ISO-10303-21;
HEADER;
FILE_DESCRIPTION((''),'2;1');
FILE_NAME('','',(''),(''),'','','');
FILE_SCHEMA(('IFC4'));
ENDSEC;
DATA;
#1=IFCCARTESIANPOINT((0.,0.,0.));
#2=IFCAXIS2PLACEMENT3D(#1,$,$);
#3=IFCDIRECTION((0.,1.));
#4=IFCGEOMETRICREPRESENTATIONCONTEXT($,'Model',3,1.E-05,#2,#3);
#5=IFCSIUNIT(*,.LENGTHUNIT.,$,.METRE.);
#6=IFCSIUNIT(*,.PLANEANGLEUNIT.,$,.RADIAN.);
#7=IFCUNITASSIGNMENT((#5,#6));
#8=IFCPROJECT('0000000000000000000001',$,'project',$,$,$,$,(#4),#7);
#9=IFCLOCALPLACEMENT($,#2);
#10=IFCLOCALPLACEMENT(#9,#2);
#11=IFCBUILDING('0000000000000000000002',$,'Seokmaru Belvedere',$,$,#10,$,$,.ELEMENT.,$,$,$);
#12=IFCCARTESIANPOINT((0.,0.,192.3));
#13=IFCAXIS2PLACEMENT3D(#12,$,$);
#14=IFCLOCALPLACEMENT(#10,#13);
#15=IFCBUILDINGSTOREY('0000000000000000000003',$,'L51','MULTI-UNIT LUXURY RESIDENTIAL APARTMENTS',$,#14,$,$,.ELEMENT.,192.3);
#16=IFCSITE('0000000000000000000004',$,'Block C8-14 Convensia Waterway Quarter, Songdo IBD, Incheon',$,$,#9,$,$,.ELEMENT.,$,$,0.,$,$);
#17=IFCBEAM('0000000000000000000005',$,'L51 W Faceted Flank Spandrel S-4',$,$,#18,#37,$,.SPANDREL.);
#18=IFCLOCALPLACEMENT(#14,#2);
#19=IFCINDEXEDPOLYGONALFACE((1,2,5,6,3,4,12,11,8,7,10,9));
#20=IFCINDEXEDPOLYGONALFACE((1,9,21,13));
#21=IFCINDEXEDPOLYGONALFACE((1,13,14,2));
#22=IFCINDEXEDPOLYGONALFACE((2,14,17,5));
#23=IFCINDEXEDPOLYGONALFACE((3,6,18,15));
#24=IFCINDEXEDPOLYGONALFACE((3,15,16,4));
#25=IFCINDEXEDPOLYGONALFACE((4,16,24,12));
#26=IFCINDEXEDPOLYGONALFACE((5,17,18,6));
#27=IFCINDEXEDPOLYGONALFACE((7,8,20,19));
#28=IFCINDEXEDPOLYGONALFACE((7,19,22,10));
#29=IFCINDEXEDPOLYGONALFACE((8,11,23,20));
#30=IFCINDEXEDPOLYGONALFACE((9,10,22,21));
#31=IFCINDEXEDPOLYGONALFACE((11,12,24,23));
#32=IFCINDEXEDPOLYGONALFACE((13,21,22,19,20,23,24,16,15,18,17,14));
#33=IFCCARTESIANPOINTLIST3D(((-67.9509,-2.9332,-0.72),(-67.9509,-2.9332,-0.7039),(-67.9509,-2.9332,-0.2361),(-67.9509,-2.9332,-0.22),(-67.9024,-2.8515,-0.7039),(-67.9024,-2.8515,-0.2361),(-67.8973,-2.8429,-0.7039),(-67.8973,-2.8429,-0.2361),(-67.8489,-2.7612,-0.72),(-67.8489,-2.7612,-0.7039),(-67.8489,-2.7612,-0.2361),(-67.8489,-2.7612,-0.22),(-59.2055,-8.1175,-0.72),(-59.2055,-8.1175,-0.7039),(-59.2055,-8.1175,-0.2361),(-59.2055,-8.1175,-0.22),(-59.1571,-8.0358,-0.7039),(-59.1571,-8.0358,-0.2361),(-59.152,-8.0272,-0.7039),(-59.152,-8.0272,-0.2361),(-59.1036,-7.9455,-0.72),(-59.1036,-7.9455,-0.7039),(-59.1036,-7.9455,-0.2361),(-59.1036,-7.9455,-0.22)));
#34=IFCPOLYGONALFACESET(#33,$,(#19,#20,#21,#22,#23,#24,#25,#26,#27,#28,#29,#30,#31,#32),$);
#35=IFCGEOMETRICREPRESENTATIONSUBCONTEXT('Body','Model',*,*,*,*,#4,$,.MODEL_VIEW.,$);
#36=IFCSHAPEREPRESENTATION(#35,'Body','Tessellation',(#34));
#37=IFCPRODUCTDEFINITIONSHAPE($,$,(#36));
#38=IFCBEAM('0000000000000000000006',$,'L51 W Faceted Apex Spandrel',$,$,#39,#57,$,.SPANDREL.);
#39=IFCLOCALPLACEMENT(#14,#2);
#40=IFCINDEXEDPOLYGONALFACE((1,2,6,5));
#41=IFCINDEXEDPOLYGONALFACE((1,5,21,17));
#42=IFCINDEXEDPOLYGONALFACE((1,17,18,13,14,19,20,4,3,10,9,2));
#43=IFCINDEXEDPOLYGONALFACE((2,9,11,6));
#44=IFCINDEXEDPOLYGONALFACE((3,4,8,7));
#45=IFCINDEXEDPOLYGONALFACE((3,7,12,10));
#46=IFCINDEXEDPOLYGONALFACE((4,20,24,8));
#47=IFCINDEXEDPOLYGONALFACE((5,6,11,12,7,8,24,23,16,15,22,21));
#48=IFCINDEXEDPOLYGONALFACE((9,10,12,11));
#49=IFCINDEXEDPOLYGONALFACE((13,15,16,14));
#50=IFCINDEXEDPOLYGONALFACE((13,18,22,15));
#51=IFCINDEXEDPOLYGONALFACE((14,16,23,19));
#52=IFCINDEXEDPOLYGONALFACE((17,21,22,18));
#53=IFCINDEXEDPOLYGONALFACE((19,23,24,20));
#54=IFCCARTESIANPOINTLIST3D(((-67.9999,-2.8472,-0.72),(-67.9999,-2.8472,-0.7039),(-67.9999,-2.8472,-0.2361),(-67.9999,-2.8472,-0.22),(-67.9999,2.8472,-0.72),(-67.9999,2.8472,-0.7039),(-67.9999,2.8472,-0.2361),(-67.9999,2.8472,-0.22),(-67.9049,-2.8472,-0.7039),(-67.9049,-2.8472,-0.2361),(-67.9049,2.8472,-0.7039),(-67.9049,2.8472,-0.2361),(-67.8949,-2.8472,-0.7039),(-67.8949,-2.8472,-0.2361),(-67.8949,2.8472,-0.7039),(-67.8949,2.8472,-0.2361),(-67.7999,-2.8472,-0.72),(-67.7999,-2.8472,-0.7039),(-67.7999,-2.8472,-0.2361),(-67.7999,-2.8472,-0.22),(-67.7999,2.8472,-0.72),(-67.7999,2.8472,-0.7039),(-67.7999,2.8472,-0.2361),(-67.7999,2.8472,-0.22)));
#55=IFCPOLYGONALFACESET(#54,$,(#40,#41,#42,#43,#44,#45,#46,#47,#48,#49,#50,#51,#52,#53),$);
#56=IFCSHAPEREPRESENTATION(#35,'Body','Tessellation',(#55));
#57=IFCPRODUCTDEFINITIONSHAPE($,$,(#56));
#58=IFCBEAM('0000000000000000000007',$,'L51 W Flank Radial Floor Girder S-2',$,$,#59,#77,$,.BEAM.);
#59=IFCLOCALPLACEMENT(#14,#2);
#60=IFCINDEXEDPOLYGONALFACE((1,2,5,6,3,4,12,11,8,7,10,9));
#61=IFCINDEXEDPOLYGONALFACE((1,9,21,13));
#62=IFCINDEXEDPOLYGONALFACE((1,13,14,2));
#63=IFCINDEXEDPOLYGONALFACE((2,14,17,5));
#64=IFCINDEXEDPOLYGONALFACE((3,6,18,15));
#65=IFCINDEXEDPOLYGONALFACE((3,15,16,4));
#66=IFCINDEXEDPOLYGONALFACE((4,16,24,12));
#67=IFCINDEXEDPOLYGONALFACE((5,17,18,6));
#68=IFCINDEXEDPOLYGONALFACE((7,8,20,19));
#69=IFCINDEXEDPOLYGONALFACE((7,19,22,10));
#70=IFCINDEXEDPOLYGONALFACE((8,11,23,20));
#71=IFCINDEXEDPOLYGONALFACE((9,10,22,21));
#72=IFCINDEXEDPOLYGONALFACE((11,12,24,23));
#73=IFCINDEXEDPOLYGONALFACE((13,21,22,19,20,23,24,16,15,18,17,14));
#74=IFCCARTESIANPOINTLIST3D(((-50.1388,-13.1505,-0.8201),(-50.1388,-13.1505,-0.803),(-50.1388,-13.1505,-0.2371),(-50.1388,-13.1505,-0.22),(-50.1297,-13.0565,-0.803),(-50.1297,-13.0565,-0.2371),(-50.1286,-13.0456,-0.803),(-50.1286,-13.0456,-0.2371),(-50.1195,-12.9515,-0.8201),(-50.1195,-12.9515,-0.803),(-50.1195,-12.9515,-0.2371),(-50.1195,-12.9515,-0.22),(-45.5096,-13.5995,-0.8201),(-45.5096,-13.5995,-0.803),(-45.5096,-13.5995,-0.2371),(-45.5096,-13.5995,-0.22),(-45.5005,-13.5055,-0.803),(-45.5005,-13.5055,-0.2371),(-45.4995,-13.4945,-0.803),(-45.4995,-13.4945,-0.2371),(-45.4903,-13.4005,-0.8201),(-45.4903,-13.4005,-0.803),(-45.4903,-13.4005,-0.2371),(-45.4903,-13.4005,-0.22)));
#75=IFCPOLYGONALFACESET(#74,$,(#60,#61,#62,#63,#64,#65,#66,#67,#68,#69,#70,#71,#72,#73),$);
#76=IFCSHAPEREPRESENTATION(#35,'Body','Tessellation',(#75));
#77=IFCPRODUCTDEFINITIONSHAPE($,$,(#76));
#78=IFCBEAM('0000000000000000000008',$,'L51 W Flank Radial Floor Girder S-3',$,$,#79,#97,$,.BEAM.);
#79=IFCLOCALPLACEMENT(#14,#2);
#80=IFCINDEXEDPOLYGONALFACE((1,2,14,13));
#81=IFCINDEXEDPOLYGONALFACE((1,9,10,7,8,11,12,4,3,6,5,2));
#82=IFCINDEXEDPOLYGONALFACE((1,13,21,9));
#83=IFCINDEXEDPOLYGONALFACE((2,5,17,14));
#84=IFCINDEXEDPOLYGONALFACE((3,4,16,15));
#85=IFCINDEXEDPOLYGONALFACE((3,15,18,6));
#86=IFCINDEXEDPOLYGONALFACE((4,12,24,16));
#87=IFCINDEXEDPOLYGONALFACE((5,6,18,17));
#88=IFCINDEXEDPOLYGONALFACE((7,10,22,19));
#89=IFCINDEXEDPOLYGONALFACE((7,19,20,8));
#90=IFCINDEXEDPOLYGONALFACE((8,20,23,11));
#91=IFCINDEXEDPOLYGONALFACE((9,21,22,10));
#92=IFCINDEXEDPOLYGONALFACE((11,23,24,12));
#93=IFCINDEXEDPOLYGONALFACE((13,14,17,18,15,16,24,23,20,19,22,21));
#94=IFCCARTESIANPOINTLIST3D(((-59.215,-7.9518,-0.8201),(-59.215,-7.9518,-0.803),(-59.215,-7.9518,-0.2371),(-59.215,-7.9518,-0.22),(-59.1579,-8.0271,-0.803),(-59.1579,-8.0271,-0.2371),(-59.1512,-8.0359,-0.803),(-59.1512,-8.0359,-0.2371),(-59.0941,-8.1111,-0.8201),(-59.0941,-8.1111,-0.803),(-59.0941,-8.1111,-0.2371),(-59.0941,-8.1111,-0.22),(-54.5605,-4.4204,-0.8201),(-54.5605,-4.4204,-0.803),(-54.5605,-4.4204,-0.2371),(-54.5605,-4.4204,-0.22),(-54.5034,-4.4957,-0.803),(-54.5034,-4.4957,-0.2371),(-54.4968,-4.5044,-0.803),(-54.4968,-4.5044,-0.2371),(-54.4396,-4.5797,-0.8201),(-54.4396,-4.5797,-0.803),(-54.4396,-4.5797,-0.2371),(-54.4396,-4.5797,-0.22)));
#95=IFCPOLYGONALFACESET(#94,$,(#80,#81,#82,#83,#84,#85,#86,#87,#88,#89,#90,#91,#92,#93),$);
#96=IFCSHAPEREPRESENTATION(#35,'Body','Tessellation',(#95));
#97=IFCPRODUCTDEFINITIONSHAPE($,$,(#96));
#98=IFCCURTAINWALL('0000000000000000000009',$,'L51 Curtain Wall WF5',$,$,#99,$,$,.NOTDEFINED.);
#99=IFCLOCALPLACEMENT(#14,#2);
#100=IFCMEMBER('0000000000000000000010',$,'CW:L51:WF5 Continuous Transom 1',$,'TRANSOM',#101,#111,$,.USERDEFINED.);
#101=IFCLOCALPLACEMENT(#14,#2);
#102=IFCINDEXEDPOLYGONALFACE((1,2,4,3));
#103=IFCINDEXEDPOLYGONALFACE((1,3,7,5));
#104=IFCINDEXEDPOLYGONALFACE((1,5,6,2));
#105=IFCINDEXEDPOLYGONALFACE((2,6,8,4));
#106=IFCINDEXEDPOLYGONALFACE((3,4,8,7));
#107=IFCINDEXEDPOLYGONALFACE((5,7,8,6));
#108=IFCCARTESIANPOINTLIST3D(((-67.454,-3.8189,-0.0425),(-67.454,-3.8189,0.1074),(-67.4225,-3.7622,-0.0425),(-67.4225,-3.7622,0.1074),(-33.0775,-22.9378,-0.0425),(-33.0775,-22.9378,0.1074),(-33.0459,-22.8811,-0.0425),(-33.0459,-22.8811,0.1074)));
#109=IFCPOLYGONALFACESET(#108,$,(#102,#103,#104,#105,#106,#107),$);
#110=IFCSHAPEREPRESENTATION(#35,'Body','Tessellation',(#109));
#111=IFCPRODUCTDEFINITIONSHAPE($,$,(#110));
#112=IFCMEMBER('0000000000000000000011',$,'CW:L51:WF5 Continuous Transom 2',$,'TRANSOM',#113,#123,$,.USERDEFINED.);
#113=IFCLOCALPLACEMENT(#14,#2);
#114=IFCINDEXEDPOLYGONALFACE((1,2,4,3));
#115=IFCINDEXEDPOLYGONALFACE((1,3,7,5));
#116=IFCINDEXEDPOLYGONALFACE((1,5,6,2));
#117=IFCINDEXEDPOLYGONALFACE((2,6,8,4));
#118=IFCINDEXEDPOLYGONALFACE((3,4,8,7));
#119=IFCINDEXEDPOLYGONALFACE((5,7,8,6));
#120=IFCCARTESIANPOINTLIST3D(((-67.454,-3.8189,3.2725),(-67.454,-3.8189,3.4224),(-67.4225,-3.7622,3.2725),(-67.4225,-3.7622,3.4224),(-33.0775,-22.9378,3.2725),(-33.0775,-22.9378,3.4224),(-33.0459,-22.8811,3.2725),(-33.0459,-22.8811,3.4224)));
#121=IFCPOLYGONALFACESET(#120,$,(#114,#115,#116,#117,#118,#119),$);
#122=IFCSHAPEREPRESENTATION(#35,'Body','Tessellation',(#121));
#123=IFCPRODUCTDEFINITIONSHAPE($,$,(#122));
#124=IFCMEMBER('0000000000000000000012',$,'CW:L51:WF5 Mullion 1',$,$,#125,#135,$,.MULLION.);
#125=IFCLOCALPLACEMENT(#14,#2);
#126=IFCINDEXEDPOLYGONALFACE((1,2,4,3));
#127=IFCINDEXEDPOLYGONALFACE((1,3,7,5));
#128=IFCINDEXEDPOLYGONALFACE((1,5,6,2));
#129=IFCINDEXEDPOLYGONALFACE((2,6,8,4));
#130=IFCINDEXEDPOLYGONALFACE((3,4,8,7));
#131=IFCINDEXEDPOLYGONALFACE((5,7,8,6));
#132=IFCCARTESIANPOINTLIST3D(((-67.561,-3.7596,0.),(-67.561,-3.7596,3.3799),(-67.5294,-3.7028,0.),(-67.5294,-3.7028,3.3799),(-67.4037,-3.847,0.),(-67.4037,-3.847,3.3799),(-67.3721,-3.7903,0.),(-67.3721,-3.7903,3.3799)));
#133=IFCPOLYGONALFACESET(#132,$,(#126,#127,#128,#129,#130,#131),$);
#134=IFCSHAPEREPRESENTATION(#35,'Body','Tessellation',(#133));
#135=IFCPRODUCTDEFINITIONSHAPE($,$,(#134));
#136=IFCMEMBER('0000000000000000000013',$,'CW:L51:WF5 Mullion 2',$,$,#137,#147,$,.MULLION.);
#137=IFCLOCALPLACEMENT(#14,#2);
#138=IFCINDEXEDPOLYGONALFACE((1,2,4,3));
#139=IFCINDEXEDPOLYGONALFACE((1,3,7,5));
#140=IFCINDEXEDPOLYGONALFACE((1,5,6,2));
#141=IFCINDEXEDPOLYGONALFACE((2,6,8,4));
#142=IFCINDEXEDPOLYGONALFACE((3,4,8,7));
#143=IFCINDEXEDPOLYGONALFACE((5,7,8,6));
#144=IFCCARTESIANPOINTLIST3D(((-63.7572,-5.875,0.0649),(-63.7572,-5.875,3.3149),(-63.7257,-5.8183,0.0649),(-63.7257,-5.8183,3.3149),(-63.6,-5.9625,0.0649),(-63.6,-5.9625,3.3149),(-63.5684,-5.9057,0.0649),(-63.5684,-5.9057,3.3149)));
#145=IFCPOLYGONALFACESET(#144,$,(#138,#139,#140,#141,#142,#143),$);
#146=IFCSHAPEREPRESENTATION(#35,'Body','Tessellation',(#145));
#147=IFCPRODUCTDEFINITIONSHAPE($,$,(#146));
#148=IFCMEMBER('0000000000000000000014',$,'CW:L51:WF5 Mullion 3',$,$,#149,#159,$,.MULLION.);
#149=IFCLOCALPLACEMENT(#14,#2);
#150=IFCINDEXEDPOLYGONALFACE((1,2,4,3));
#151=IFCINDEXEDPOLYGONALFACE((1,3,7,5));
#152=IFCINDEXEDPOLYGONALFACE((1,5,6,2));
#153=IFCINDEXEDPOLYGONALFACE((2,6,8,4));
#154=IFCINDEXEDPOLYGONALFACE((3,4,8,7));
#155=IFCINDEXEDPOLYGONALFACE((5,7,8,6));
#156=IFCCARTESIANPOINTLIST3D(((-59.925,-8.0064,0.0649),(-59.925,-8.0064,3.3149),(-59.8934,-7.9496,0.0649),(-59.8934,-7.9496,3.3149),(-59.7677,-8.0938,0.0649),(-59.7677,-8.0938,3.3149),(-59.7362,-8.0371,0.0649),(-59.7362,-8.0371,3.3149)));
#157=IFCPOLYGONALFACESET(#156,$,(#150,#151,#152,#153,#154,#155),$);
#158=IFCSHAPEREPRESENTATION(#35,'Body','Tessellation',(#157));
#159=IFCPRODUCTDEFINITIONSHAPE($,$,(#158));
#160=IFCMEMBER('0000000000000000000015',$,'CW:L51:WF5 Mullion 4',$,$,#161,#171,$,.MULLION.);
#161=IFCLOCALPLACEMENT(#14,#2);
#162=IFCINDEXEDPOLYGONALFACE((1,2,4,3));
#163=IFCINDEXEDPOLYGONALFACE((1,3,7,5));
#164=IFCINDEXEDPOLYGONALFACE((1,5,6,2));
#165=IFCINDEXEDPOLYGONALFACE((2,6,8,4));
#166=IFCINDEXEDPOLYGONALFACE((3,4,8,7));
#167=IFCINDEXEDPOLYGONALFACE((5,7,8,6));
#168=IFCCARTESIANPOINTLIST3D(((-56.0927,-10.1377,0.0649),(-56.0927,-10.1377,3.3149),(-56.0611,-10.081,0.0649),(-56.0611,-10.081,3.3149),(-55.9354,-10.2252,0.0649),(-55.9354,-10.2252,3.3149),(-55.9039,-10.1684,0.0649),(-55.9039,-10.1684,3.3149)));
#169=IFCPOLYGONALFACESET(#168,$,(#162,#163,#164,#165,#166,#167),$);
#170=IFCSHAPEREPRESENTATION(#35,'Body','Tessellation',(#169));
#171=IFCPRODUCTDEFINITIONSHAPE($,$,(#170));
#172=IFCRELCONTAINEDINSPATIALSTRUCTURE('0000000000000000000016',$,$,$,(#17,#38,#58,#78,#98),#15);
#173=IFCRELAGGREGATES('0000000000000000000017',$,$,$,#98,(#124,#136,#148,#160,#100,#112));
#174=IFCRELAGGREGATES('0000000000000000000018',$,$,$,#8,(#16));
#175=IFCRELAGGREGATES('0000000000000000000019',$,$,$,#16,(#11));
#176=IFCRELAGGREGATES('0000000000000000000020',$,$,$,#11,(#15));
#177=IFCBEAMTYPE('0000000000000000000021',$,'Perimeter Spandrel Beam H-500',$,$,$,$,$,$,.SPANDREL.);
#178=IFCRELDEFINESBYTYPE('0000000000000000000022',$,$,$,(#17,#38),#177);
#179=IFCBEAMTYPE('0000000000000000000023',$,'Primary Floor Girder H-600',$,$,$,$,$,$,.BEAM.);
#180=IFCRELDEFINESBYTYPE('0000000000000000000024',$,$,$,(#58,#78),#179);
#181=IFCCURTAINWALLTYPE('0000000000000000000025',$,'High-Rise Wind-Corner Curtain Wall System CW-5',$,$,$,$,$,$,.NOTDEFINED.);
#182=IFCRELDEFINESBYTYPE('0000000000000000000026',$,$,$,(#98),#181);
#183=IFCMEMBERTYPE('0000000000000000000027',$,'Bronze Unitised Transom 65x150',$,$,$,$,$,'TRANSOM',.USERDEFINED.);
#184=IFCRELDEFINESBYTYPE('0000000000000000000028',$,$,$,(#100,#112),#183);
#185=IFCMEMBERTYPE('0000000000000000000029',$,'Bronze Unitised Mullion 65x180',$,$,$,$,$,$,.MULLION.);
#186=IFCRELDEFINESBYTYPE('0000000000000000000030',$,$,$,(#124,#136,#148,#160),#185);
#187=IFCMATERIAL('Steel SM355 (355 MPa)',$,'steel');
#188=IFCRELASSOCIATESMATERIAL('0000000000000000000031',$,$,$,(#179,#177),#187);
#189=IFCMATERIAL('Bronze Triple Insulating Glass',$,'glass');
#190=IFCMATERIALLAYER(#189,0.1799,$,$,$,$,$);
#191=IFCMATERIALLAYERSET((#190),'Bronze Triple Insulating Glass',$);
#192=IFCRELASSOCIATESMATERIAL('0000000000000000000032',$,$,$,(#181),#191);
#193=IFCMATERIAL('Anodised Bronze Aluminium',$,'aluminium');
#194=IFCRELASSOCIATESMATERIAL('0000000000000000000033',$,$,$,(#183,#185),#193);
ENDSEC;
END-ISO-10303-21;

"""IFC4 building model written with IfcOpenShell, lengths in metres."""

from ifc_helpers import new_model, si_unit, direction, frame, origin, origin_2d, place, context, subcontext, project, spatial, rectangle, i_section, extrude, source, transform, mapped, material, layer, layer_set, material_profile, profile_set, type_object, type_shapes, element, aggregate, save


model = new_model("IFC4")

# Units and contexts
model_context = context("Model", 3, precision=1e-05, world=origin(), true_north=direction((0.0, 1.0)))
body_context = subcontext(model_context, "Body", "Model", "MODEL_VIEW")
ifc_project = project(units=[si_unit("LENGTHUNIT", "METRE"), si_unit("PLANEANGLEUNIT", "RADIAN")], contexts=[model_context])

# Site, building, storey
site_placement = place(None, origin())
site = spatial("IfcSite", under=ifc_project, at=site_placement, Name="Block C8-14 Convensia Waterway Quarter, Songdo IBD, Incheon", CompositionType="ELEMENT", RefElevation=0.0)
building_placement = place(site_placement, origin())
building = spatial("IfcBuilding", under=site, at=building_placement, Name="Seokmaru Belvedere", CompositionType="ELEMENT")
storey_placement = place(building_placement, frame((0.0, 0.0, 192.3)))
storey = spatial("IfcBuildingStorey", under=building, at=storey_placement, Name="L51", Description="MULTI-UNIT LUXURY RESIDENTIAL APARTMENTS", CompositionType="ELEMENT", Elevation=192.3)

# Shared definitions
ifc_material_1 = material(Name="Steel SM355 (355 MPa)", Category="steel")

# Beams
ifc_material_profile_1 = material_profile(ifc_material_1, i_section(OverallWidth=0.2, OverallDepth=0.6001, WebThickness=0.011, FlangeThickness=0.0171, at=origin_2d()), Name="H-600x200x11x17")
ifc_profile_set_1 = profile_set([ifc_material_profile_1], Name="Steel SM355 (355 MPa)")
beam_type_1 = type_object("IfcBeamType", Name="Primary Floor Girder H-600", PredefinedType="BEAM", material=ifc_profile_set_1)
ifc_material_profile_2 = material_profile(ifc_material_1, i_section(OverallWidth=0.2, OverallDepth=0.5, WebThickness=0.01, FlangeThickness=0.0161, at=origin_2d()), Name="H-500x200x10x16")
ifc_profile_set_2 = profile_set([ifc_material_profile_2], Name="Steel SM355 (355 MPa)")
beam_type_2 = type_object("IfcBeamType", Name="Perimeter Spandrel Beam H-500", PredefinedType="SPANDREL", material=ifc_profile_set_2)
shared_shape_1 = source(origin(), body_context, "Body", "SweptSolid", [
    extrude(i_section(OverallWidth=0.2, OverallDepth=0.5, WebThickness=0.01, FlangeThickness=0.0161, at=origin_2d()), origin(), (0.0, 0.0, 1.0), 10.1665),
])
beam_1_placement = place(storey_placement, frame((-59.1545, -8.0315, -0.47), z_axis=(-0.86021, 0.50994, 0.0), x_axis=(-0.50994, -0.86021, 0.0)))
element("IfcBeam", 1, at=beam_1_placement, inside=storey, type_object=beam_type_2, Name="L51 W Faceted Flank Spandrel S-4", PredefinedType="SPANDREL", context=body_context, shape_type="MappedRepresentation", body=[
    mapped(shared_shape_1, transform((0.0, 0.0, 0.0), scale=1.0)),
])
shared_shape_2 = source(origin(), body_context, "Body", "SweptSolid", [
    extrude(i_section(OverallWidth=0.2, OverallDepth=0.5, WebThickness=0.01, FlangeThickness=0.0161, at=origin_2d()), origin(), (0.0, 0.0, 1.0), 5.6943),
])
beam_2_placement = place(storey_placement, frame((-67.8999, -2.8472, -0.47), z_axis=(0.0, 1.0, 0.0), x_axis=(-1.0, 0.0, 0.0)))
element("IfcBeam", 2, at=beam_2_placement, inside=storey, type_object=beam_type_2, Name="L51 W Faceted Apex Spandrel", PredefinedType="SPANDREL", context=body_context, shape_type="MappedRepresentation", body=[
    mapped(shared_shape_2, transform((0.0, 0.0, 0.0), scale=1.0)),
])
shared_shape_3 = source(origin(), body_context, "Body", "SweptSolid", [
    extrude(i_section(OverallWidth=0.2, OverallDepth=0.6001, WebThickness=0.011, FlangeThickness=0.0171, at=origin_2d()), origin(), (0.0, 0.0, 1.0), 4.6509),
])
beam_3_placement = place(storey_placement, frame((-50.1292, -13.051, -0.52), z_axis=(0.99533, -0.096536, 0.0), x_axis=(0.096536, 0.99533, 0.0)))
element("IfcBeam", 3, at=beam_3_placement, inside=storey, type_object=beam_type_1, Name="L51 W Flank Radial Floor Girder S-2", PredefinedType="BEAM", context=body_context, shape_type="MappedRepresentation", body=[
    mapped(shared_shape_3, transform((0.0, 0.0, 0.0), scale=1.0)),
])
shared_shape_4 = source(origin(), body_context, "Body", "SweptSolid", [
    extrude(i_section(OverallWidth=0.2, OverallDepth=0.6001, WebThickness=0.011, FlangeThickness=0.0171, at=origin_2d()), origin(), (0.0, 0.0, 1.0), 5.8425),
])
beam_4_placement = place(storey_placement, frame((-59.1545, -8.0315, -0.52), z_axis=(0.796653, 0.604437, 0.0), x_axis=(-0.604437, 0.796653, 0.0)))
element("IfcBeam", 4, at=beam_4_placement, inside=storey, type_object=beam_type_1, Name="L51 W Flank Radial Floor Girder S-3", PredefinedType="BEAM", context=body_context, shape_type="MappedRepresentation", body=[
    mapped(shared_shape_4, transform((0.0, 0.0, 0.0), scale=1.0)),
])

# Curtain wall, members
ifc_material_2 = material(Name="Bronze Triple Insulating Glass", Category="glass")
ifc_layer_1 = layer(ifc_material_2, 0.1799)
ifc_layer_set_1 = layer_set([ifc_layer_1], Name="Bronze Triple Insulating Glass")
curtain_wall_type = type_object("IfcCurtainWallType", Name="High-Rise Wind-Corner Curtain Wall System CW-5", PredefinedType="NOTDEFINED", material=ifc_layer_set_1)
curtain_wall_placement = place(storey_placement, origin())
curtain_wall = element("IfcCurtainWall", 5, at=curtain_wall_placement, inside=storey, type_object=curtain_wall_type, Name="L51 Curtain Wall WF5", PredefinedType="NOTDEFINED")
ifc_material_3 = material(Name="Anodised Bronze Aluminium", Category="aluminium")
ifc_material_profile_3 = material_profile(ifc_material_3, rectangle(XDim=0.0649, YDim=0.1499, at=origin_2d()), Name="CW-T-65x150")
ifc_profile_set_3 = profile_set([ifc_material_profile_3], Name="Anodised Bronze Aluminium")
member_type_1 = type_object("IfcMemberType", Name="Bronze Unitised Transom 65x150", ElementType="TRANSOM", PredefinedType="USERDEFINED", material=ifc_profile_set_3)
shared_shape_5 = source(origin(), body_context, "Body", "SweptSolid", [
    extrude(rectangle(XDim=0.0649, YDim=0.1499, at=origin_2d()), origin(), (0.0, 0.0, 1.0), 39.3354),
])
type_shapes(member_type_1, [shared_shape_5])
member_1_placement = place(storey_placement, frame((-67.4382, -3.7905, 0.0325), z_axis=(0.873932, -0.486048, 0.0), x_axis=(0.486048, 0.873932, 0.0)))
member_1 = element("IfcMember", 6, at=member_1_placement, type_object=member_type_1, Name="CW:L51:WF5 Continuous Transom 1", ObjectType="TRANSOM", PredefinedType="USERDEFINED", context=body_context, shape_type="MappedRepresentation", body=[
    mapped(shared_shape_5, transform((0.0, 0.0, 0.0), scale=1.0)),
])
member_2_placement = place(storey_placement, frame((-67.4382, -3.7905, 3.3474), z_axis=(0.873932, -0.486048, 0.0), x_axis=(0.486048, 0.873932, 0.0)))
member_2 = element("IfcMember", 7, at=member_2_placement, type_object=member_type_1, Name="CW:L51:WF5 Continuous Transom 2", ObjectType="TRANSOM", PredefinedType="USERDEFINED", context=body_context, shape_type="MappedRepresentation", body=[
    mapped(shared_shape_5, transform((0.0, 0.0, 0.0), scale=1.0)),
])
ifc_material_profile_4 = material_profile(ifc_material_3, rectangle(XDim=0.0649, YDim=0.1799, at=origin_2d()), Name="CW-M-65x180")
ifc_profile_set_4 = profile_set([ifc_material_profile_4], Name="Anodised Bronze Aluminium")
member_type_2 = type_object("IfcMemberType", Name="Bronze Unitised Mullion 65x180", PredefinedType="MULLION", material=ifc_profile_set_4)
shared_shape_6 = source(origin(), body_context, "Body", "SweptSolid", [
    extrude(rectangle(XDim=0.0649, YDim=0.1799, at=origin_2d()), origin(), (0.0, 0.0, 1.0), 3.3799),
])
member_3_placement = place(storey_placement, frame((-67.4666, -3.7749, 0.0), z_axis=(0.0, 0.0, 1.0), x_axis=(0.486047, 0.873933, 0.0)))
member_3 = element("IfcMember", 8, at=member_3_placement, type_object=member_type_2, Name="CW:L51:WF5 Mullion 1", PredefinedType="MULLION", context=body_context, shape_type="MappedRepresentation", body=[
    mapped(shared_shape_6, transform((0.0, 0.0, 0.0), scale=1.0)),
])
shared_shape_7 = source(origin(), body_context, "Body", "SweptSolid", [
    extrude(rectangle(XDim=0.0649, YDim=0.1799, at=origin_2d()), origin(), (0.0, 0.0, 1.0), 3.25),
])
type_shapes(member_type_2, [shared_shape_6, shared_shape_7])
member_4_placement = place(storey_placement, frame((-63.6628, -5.8904, 0.0649), z_axis=(0.0, 0.0, 1.0), x_axis=(0.486047, 0.873933, 0.0)))
member_4 = element("IfcMember", 9, at=member_4_placement, type_object=member_type_2, Name="CW:L51:WF5 Mullion 2", PredefinedType="MULLION", context=body_context, shape_type="MappedRepresentation", body=[
    mapped(shared_shape_7, transform((0.0, 0.0, 0.0), scale=1.0)),
])
member_5_placement = place(storey_placement, frame((-59.8306, -8.0217, 0.0649), z_axis=(0.0, 0.0, 1.0), x_axis=(0.486047, 0.873933, 0.0)))
member_5 = element("IfcMember", 10, at=member_5_placement, type_object=member_type_2, Name="CW:L51:WF5 Mullion 3", PredefinedType="MULLION", context=body_context, shape_type="MappedRepresentation", body=[
    mapped(shared_shape_7, transform((0.0, 0.0, 0.0), scale=1.0)),
])
member_6_placement = place(storey_placement, frame((-55.9983, -10.1531, 0.0649), z_axis=(0.0, 0.0, 1.0), x_axis=(0.486047, 0.873933, 0.0)))
member_6 = element("IfcMember", 11, at=member_6_placement, type_object=member_type_2, Name="CW:L51:WF5 Mullion 4", PredefinedType="MULLION", context=body_context, shape_type="MappedRepresentation", body=[
    mapped(shared_shape_7, transform((0.0, 0.0, 0.0), scale=1.0)),
])
aggregate(curtain_wall, [member_3, member_4, member_5, member_6, member_1, member_2])

save(model, "model.ifc")
